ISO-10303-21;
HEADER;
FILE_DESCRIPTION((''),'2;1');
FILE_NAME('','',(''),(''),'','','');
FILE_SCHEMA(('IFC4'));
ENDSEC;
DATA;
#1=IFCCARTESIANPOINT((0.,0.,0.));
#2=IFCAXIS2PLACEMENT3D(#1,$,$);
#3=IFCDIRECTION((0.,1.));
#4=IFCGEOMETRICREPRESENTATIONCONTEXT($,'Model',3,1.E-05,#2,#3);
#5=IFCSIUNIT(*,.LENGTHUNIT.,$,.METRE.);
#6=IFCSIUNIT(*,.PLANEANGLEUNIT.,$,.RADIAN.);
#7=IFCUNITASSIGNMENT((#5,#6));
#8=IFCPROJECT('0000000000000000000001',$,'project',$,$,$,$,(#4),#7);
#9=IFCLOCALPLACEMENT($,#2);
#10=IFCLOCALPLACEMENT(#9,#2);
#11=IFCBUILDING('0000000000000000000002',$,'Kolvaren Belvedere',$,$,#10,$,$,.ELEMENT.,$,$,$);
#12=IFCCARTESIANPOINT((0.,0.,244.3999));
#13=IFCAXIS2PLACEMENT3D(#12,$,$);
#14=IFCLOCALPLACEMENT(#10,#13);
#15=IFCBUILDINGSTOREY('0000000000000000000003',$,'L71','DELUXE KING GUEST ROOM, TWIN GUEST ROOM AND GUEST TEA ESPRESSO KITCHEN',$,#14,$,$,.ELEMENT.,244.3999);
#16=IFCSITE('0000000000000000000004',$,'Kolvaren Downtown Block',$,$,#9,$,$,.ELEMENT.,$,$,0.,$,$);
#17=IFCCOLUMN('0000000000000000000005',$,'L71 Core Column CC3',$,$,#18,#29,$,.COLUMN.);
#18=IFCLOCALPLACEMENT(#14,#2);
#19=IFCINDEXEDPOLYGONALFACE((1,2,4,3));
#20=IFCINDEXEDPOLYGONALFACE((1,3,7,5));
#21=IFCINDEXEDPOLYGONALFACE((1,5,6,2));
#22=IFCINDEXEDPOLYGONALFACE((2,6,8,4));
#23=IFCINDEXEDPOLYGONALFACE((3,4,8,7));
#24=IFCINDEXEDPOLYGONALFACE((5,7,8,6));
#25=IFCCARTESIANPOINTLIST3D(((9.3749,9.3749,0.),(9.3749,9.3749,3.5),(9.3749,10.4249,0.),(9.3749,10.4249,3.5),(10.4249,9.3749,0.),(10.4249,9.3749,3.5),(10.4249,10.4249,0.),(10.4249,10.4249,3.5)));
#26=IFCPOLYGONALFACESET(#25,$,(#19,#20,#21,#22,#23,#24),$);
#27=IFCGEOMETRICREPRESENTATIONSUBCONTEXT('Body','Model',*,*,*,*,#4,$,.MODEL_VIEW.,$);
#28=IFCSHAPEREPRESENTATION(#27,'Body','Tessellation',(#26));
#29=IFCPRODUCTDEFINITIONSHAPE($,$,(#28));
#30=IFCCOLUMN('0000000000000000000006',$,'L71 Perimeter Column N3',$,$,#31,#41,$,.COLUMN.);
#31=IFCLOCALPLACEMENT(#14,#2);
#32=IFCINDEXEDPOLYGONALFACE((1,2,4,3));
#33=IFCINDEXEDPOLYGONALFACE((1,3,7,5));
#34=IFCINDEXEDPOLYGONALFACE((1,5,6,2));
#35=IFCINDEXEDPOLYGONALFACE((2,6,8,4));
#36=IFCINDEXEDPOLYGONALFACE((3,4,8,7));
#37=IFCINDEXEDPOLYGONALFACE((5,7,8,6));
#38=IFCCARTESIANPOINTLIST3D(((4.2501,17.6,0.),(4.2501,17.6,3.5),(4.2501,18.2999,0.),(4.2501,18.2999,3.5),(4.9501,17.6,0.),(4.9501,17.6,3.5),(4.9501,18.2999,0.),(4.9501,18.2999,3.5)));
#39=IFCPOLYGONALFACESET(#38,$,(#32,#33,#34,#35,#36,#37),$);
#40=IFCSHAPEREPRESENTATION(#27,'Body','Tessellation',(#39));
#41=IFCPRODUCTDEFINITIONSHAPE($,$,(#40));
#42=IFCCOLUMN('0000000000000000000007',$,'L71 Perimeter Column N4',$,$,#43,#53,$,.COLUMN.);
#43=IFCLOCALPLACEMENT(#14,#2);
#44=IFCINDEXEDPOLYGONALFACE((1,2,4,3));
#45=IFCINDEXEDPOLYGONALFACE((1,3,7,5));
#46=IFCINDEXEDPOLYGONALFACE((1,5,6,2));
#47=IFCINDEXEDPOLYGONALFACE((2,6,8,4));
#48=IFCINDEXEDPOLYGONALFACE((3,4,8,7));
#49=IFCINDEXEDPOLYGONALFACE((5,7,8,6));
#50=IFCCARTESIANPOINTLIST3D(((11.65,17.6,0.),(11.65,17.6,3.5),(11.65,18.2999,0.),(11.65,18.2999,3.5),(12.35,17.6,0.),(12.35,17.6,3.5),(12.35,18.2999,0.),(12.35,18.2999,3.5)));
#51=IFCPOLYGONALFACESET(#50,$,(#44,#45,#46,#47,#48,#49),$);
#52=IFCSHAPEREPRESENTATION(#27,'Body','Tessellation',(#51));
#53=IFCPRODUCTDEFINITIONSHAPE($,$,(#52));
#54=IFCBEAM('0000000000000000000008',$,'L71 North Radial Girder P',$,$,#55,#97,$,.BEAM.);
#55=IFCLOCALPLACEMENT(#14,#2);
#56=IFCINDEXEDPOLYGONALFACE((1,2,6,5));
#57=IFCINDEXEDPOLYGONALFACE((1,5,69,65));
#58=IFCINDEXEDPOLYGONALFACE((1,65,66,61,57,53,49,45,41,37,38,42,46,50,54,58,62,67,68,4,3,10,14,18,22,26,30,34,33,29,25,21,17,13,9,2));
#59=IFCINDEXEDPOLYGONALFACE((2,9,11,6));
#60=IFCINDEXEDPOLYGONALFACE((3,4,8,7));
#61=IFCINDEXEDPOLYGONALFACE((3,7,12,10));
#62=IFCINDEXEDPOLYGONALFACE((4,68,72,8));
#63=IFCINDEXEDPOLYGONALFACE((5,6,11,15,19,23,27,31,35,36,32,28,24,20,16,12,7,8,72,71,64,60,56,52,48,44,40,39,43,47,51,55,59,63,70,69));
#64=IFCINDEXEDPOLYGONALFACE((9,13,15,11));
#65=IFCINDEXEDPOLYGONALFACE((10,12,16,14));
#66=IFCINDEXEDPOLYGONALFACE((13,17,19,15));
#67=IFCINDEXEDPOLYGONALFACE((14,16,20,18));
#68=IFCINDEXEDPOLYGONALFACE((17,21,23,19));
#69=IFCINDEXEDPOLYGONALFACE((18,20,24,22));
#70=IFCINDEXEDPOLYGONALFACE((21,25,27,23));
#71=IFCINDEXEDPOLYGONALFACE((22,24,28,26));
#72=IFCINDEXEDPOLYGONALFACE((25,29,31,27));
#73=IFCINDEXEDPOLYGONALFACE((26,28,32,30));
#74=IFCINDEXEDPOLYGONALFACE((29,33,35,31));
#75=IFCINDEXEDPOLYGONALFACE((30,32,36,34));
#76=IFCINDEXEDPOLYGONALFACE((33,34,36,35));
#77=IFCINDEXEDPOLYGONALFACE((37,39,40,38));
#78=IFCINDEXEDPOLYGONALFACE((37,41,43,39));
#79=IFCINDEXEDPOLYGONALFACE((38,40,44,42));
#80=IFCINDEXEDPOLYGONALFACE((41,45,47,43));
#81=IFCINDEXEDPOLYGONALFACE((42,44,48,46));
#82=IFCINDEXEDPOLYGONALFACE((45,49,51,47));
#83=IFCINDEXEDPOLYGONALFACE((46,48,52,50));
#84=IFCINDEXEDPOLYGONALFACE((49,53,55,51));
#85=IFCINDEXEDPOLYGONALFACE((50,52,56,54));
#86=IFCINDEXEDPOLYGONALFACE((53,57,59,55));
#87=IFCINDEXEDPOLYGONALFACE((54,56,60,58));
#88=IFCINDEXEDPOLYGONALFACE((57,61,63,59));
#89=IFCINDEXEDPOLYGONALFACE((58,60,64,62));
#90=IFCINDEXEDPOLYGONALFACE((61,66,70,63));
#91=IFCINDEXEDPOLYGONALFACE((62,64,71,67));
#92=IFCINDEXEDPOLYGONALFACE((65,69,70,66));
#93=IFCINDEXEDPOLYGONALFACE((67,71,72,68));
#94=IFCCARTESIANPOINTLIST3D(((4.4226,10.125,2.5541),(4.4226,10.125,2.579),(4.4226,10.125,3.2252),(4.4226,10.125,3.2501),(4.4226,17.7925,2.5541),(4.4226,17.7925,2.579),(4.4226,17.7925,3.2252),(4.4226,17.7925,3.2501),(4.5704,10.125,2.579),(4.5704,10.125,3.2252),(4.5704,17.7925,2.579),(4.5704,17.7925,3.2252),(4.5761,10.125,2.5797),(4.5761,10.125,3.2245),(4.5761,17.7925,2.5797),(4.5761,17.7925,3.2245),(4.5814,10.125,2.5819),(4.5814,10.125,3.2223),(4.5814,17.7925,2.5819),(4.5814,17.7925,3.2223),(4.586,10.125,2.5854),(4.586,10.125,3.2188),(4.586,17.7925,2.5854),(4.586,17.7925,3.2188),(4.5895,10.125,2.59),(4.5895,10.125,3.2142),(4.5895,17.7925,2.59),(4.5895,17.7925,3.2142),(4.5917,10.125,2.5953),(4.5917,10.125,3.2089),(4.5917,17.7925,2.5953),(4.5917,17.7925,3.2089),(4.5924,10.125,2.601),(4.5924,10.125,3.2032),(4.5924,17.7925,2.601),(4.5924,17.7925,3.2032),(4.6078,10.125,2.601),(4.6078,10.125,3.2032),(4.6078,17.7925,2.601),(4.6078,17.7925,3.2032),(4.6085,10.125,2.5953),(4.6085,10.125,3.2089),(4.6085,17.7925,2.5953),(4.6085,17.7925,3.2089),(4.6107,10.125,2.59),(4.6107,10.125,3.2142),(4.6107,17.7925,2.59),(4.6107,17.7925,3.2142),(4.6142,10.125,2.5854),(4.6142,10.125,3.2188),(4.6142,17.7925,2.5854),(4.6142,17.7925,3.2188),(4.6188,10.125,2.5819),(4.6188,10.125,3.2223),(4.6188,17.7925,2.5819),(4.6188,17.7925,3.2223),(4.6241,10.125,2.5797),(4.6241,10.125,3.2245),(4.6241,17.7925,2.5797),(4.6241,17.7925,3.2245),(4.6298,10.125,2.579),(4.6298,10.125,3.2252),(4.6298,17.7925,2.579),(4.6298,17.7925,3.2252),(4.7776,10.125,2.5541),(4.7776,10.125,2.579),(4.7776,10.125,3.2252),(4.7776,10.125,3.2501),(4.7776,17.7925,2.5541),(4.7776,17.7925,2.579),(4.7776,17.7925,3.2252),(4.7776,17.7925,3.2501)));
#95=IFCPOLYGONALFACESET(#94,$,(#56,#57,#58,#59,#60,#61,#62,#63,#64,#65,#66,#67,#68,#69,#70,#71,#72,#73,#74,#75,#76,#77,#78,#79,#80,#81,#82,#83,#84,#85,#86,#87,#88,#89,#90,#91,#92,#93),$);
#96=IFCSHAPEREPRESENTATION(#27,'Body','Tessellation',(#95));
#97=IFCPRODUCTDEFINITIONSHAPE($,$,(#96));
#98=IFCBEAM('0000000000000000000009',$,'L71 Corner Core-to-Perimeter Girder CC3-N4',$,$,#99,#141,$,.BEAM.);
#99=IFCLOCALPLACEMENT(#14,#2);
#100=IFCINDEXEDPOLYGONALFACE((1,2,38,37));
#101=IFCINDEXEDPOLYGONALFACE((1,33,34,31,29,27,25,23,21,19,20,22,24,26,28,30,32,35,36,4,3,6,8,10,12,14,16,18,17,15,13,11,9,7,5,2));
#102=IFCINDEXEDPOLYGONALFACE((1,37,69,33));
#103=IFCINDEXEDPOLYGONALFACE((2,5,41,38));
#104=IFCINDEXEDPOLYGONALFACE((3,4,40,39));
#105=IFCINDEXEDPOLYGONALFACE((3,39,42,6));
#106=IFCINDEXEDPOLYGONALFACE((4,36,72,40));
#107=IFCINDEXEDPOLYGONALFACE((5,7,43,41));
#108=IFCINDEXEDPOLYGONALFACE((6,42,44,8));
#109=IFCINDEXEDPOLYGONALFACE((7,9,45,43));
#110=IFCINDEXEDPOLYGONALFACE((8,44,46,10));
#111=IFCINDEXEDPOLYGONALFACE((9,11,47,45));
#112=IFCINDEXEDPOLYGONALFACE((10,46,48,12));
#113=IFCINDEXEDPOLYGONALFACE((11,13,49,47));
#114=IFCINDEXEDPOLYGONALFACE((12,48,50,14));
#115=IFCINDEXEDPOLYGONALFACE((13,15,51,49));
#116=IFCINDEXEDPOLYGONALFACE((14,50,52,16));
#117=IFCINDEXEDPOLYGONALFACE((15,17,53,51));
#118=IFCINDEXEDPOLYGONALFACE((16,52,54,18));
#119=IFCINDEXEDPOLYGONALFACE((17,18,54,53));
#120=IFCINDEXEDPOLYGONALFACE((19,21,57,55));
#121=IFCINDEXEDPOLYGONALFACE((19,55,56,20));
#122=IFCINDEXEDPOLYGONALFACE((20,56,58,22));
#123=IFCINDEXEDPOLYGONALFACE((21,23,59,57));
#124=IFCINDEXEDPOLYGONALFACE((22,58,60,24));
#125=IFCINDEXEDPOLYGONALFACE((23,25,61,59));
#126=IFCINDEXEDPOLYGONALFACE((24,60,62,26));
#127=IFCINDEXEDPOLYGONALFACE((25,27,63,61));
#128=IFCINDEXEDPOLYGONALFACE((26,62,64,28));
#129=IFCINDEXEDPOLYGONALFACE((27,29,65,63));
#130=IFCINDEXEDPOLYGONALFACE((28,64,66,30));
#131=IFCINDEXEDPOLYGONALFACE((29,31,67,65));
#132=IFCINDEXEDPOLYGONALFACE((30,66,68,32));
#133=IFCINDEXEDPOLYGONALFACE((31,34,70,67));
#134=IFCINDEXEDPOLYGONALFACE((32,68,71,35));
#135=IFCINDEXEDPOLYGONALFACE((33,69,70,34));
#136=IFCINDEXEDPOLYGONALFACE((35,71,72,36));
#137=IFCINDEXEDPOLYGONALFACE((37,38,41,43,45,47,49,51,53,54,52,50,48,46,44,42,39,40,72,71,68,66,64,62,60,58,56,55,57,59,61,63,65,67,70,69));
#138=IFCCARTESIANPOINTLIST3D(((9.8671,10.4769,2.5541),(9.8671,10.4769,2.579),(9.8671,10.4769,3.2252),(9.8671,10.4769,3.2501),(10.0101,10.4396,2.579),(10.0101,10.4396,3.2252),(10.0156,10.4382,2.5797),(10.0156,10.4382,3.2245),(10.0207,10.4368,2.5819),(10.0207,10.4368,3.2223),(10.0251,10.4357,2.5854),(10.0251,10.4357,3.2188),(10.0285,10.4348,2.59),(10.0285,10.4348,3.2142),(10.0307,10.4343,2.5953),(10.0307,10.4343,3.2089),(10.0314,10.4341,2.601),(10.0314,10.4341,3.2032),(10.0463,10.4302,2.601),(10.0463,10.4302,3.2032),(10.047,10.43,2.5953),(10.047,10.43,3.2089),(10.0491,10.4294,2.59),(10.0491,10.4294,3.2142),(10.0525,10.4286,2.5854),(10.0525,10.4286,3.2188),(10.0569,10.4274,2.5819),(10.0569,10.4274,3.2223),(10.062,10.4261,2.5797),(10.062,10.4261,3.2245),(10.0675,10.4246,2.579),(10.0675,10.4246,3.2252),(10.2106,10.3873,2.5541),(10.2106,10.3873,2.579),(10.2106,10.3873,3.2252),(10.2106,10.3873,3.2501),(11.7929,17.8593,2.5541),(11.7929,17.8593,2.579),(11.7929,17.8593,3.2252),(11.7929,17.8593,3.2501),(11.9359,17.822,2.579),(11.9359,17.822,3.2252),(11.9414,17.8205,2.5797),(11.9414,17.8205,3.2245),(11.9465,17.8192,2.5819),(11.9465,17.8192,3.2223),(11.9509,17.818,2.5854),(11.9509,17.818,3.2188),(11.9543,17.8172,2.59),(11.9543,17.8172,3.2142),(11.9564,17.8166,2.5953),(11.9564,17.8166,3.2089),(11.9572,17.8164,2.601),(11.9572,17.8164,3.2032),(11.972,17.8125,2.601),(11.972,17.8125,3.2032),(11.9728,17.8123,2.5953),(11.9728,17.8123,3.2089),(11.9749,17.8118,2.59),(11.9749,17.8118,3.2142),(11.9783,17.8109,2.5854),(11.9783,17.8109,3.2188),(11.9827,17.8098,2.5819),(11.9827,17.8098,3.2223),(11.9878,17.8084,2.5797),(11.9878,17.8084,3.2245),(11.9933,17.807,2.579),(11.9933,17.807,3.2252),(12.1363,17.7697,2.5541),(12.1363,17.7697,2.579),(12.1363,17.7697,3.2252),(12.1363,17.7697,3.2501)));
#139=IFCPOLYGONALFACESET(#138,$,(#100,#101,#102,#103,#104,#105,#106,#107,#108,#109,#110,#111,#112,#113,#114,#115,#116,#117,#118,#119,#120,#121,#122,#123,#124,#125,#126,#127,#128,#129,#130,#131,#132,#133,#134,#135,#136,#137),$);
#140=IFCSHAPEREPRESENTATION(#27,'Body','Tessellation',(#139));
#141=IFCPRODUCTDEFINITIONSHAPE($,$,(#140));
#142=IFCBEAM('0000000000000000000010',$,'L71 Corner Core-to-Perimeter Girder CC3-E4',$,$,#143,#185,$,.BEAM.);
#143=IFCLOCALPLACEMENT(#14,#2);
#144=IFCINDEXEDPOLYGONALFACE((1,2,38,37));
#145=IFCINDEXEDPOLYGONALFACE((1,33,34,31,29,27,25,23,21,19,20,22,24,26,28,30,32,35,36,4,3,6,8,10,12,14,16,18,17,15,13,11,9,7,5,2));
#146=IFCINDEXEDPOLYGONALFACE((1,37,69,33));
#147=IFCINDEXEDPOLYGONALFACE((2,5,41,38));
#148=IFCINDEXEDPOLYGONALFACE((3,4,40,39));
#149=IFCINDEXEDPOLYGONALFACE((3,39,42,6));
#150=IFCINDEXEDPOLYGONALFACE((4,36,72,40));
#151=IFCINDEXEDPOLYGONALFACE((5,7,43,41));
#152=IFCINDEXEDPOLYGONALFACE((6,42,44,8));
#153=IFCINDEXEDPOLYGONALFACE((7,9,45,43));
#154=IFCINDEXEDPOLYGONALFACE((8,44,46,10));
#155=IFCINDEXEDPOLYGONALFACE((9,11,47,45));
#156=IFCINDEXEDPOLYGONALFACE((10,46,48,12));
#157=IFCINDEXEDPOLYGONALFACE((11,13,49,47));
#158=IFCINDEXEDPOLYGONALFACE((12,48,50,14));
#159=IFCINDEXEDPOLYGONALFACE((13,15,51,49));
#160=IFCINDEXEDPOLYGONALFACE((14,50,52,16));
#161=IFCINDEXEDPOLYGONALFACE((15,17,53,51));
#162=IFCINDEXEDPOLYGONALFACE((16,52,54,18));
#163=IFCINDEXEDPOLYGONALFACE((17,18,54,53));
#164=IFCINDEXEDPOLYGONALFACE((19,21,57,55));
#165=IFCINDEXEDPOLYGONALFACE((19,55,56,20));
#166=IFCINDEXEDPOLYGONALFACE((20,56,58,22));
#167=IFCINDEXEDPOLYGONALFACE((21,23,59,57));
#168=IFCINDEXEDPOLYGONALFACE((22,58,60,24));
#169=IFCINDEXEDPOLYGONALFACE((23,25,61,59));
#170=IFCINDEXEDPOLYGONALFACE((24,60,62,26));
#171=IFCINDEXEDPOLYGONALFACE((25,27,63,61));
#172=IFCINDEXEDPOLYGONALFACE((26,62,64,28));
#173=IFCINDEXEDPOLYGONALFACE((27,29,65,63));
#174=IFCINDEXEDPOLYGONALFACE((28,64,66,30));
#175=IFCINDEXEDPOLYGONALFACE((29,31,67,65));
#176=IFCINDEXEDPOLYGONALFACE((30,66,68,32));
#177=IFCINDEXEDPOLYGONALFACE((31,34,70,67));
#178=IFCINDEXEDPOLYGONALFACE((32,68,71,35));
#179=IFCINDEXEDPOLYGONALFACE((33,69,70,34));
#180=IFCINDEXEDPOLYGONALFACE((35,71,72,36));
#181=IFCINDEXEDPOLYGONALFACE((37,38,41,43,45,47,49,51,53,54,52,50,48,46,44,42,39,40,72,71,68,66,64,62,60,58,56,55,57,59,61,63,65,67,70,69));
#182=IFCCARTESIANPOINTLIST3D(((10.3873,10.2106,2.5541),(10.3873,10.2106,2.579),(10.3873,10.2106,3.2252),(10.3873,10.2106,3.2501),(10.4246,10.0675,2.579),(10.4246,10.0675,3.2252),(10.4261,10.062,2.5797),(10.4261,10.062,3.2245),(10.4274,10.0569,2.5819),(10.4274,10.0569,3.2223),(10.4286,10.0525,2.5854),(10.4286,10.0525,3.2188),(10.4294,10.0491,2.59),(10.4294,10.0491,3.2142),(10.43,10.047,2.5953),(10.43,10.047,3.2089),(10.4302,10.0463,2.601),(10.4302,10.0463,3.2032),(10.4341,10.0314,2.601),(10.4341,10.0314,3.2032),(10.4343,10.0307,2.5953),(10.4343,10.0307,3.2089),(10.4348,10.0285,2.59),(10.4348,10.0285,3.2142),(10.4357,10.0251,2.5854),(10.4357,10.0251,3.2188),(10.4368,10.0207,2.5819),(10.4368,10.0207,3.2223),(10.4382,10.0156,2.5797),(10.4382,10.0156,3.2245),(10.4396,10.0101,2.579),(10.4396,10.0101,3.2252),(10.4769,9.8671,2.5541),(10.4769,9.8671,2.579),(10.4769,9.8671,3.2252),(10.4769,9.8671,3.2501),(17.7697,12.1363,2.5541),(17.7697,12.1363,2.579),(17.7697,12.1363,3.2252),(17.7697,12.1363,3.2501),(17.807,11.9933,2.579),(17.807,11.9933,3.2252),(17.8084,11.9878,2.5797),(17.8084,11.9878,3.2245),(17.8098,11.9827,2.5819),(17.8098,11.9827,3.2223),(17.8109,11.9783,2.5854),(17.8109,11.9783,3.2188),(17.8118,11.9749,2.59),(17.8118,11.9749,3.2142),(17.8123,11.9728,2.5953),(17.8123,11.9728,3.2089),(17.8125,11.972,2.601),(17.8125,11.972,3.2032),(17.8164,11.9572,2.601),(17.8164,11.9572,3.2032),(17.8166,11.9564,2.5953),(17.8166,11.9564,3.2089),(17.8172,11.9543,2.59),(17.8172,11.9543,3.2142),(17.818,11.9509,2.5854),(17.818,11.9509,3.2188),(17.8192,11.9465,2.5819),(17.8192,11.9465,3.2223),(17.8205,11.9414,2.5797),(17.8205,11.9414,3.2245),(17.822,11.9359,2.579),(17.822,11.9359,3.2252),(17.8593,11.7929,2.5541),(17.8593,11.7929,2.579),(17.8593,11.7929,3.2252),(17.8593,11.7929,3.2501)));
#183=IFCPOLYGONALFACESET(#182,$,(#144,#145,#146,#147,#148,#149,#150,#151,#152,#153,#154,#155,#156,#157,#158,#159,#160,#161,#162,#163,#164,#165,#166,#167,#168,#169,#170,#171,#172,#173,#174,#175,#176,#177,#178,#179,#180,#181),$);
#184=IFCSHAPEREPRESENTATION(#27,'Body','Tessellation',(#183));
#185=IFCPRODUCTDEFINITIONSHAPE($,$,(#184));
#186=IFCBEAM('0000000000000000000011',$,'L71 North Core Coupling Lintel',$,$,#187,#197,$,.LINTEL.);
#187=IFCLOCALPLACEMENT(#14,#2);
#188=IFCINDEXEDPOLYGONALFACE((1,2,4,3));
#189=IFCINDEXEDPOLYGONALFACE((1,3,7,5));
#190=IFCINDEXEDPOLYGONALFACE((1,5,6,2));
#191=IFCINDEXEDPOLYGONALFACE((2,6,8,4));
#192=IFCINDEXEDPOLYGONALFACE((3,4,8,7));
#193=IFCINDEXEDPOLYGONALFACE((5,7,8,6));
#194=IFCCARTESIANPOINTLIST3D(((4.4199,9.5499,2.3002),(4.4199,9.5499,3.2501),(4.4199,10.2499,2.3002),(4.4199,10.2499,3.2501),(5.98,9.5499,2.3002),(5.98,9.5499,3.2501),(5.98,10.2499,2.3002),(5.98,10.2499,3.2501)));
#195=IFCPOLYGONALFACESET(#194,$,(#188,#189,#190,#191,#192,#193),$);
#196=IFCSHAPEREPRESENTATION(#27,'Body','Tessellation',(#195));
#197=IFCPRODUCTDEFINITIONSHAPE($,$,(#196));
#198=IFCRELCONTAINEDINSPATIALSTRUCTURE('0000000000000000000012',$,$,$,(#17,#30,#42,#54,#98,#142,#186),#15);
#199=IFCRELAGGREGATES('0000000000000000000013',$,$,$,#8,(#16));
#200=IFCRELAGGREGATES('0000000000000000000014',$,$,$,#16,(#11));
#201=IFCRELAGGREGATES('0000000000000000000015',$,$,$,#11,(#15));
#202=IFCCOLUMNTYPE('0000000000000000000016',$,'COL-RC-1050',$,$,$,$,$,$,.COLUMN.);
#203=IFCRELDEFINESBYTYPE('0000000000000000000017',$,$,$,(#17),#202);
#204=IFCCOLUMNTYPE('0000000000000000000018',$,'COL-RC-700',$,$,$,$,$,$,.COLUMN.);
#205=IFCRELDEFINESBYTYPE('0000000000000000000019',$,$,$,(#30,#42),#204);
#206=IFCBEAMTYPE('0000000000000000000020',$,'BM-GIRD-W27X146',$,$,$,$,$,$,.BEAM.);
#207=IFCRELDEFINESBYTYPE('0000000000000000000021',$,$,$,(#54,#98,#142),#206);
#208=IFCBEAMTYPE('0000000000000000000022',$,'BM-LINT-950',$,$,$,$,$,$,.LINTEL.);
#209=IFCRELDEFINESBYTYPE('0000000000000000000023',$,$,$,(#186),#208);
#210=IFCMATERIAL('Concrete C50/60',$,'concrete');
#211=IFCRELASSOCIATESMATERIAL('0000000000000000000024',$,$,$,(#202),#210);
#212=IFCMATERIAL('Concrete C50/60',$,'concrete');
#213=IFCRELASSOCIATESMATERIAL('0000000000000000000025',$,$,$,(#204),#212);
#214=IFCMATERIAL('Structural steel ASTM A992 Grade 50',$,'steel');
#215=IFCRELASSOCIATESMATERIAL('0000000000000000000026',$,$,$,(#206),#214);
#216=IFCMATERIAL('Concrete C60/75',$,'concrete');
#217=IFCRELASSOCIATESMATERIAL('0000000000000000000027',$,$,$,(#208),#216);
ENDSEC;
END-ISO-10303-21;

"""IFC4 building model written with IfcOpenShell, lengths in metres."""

from ifc_helpers import new_model, si_unit, direction, frame, origin, origin_2d, place, context, subcontext, project, spatial, rectangle, i_section, extrude, material, material_profile, profile_set, type_object, element, save


model = new_model("IFC4")

# Units and contexts
model_context = context("Model", 3, precision=1e-05, world=origin(), true_north=direction((0.0, 1.0)))
body_context = subcontext(model_context, "Body", "Model", "MODEL_VIEW")
ifc_project = project(units=[si_unit("LENGTHUNIT", "METRE"), si_unit("PLANEANGLEUNIT", "RADIAN")], contexts=[model_context])

# Site, building, storey
site_placement = place(None, origin())
site = spatial("IfcSite", under=ifc_project, at=site_placement, Name="Kolvaren Downtown Block", CompositionType="ELEMENT", RefElevation=0.0)
building_placement = place(site_placement, origin())
building = spatial("IfcBuilding", under=site, at=building_placement, Name="Kolvaren Belvedere", CompositionType="ELEMENT")
storey_placement = place(building_placement, frame((0.0, 0.0, 244.3999)))
storey = spatial("IfcBuildingStorey", under=building, at=storey_placement, Name="L71", Description="DELUXE KING GUEST ROOM, TWIN GUEST ROOM AND GUEST TEA ESPRESSO KITCHEN", CompositionType="ELEMENT", Elevation=244.3999)

# Columns
ifc_material_1 = material(Name="Concrete C50/60", Category="concrete")
ifc_material_profile_1 = material_profile(ifc_material_1, rectangle(XDim=1.05, YDim=1.05, at=origin_2d()), Name="RC 1050X1050")
ifc_profile_set_1 = profile_set([ifc_material_profile_1], Name="Concrete C50/60")
column_type_1 = type_object("IfcColumnType", Name="COL-RC-1050", PredefinedType="COLUMN", material=ifc_profile_set_1)
column_placement = place(storey_placement, frame((9.8999, 9.8999, 0.0), z_axis=(0.0, 0.0, 1.0), x_axis=(1.0, 0.0, 0.0)))
element("IfcColumn", 1, at=column_placement, inside=storey, type_object=column_type_1, Name="L71 Core Column CC3", PredefinedType="COLUMN", context=body_context, shape_type="SweptSolid", body=[
    extrude(rectangle(XDim=1.05, YDim=1.05, at=origin_2d()), origin(), (0.0, 0.0, 1.0), 3.5),
])
ifc_material_2 = material(Name="Concrete C50/60", Category="concrete")
ifc_material_profile_2 = material_profile(ifc_material_2, rectangle(XDim=0.7, YDim=0.7, at=origin_2d()), Name="RC 700X700")
ifc_profile_set_2 = profile_set([ifc_material_profile_2], Name="Concrete C50/60")
column_type_2 = type_object("IfcColumnType", Name="COL-RC-700", PredefinedType="COLUMN", material=ifc_profile_set_2)
for number, where, z_axis, x_axis, name in (
    (2, (4.6001, 17.95, 0.0), (0.0, 0.0, 1.0), (1.0, 0.0, 0.0), "L71 Perimeter Column N3"),
    (3, (12.0, 17.95, 0.0), (0.0, 0.0, 1.0), (1.0, 0.0, 0.0), "L71 Perimeter Column N4"),
):
    element("IfcColumn", number, at=place(storey_placement, frame(where, z_axis=z_axis, x_axis=x_axis)), inside=storey, type_object=column_type_2, Name=name, PredefinedType="COLUMN", context=body_context, shape_type="SweptSolid", body=[
        extrude(rectangle(XDim=0.7, YDim=0.7, at=origin_2d()), origin(), (0.0, 0.0, 1.0), 3.5),
    ])

# Beams
ifc_material_3 = material(Name="Structural steel ASTM A992 Grade 50", Category="steel")
ifc_material_profile_3 = material_profile(ifc_material_3, i_section(OverallWidth=0.355, OverallDepth=0.696, WebThickness=0.0154, FlangeThickness=0.0249, FilletRadius=0.022, at=origin_2d()), Name="W27X146")
ifc_profile_set_3 = profile_set([ifc_material_profile_3], Name="Structural steel ASTM A992 Grade 50")
beam_type_1 = type_object("IfcBeamType", Name="BM-GIRD-W27X146", PredefinedType="BEAM", material=ifc_profile_set_3)
beam_1_placement = place(storey_placement, frame((4.6001, 10.125, 2.9021), z_axis=(0.0, 1.0, 0.0), x_axis=(-1.0, 0.0, 0.0)))
element("IfcBeam", 4, at=beam_1_placement, inside=storey, type_object=beam_type_1, Name="L71 North Radial Girder P", PredefinedType="BEAM", context=body_context, shape_type="SweptSolid", body=[
    extrude(i_section(OverallWidth=0.355, OverallDepth=0.696, WebThickness=0.0154, FlangeThickness=0.0249, FilletRadius=0.022, at=origin_2d()), origin(), (0.0, 0.0, 1.0), 7.6675),
])
for number, where, z_axis, x_axis, name in (
    (5, (10.0388, 10.4321, 2.9021), (0.252417, 0.967619, 0.0), (-0.967619, 0.252417, 0.0), "L71 Corner Core-to-Perimeter Girder CC3-N4"),
    (6, (10.4321, 10.0388, 2.9021), (0.967619, 0.252417, 0.0), (-0.252417, 0.967619, 0.0), "L71 Corner Core-to-Perimeter Girder CC3-E4"),
):
    element("IfcBeam", number, at=place(storey_placement, frame(where, z_axis=z_axis, x_axis=x_axis)), inside=storey, type_object=beam_type_1, Name=name, PredefinedType="BEAM", context=body_context, shape_type="SweptSolid", body=[
        extrude(i_section(OverallWidth=0.355, OverallDepth=0.696, WebThickness=0.0154, FlangeThickness=0.0249, FilletRadius=0.022, at=origin_2d()), origin(), (0.0, 0.0, 1.0), 7.6294),
    ])
ifc_material_4 = material(Name="Concrete C60/75", Category="concrete")
ifc_material_profile_4 = material_profile(ifc_material_4, rectangle(XDim=0.7, YDim=0.95, at=origin_2d()), Name="RC 700X950")
ifc_profile_set_4 = profile_set([ifc_material_profile_4], Name="Concrete C60/75")
beam_type_2 = type_object("IfcBeamType", Name="BM-LINT-950", PredefinedType="LINTEL", material=ifc_profile_set_4)
beam_2_placement = place(storey_placement, frame((4.4199, 9.8999, 2.7751), z_axis=(1.0, 0.0, 0.0), x_axis=(0.0, 1.0, 0.0)))
element("IfcBeam", 7, at=beam_2_placement, inside=storey, type_object=beam_type_2, Name="L71 North Core Coupling Lintel", PredefinedType="LINTEL", context=body_context, shape_type="SweptSolid", body=[
    extrude(rectangle(XDim=0.7, YDim=0.95, at=origin_2d()), origin(), (0.0, 0.0, 1.0), 1.5601),
])

save(model, "model.ifc")
